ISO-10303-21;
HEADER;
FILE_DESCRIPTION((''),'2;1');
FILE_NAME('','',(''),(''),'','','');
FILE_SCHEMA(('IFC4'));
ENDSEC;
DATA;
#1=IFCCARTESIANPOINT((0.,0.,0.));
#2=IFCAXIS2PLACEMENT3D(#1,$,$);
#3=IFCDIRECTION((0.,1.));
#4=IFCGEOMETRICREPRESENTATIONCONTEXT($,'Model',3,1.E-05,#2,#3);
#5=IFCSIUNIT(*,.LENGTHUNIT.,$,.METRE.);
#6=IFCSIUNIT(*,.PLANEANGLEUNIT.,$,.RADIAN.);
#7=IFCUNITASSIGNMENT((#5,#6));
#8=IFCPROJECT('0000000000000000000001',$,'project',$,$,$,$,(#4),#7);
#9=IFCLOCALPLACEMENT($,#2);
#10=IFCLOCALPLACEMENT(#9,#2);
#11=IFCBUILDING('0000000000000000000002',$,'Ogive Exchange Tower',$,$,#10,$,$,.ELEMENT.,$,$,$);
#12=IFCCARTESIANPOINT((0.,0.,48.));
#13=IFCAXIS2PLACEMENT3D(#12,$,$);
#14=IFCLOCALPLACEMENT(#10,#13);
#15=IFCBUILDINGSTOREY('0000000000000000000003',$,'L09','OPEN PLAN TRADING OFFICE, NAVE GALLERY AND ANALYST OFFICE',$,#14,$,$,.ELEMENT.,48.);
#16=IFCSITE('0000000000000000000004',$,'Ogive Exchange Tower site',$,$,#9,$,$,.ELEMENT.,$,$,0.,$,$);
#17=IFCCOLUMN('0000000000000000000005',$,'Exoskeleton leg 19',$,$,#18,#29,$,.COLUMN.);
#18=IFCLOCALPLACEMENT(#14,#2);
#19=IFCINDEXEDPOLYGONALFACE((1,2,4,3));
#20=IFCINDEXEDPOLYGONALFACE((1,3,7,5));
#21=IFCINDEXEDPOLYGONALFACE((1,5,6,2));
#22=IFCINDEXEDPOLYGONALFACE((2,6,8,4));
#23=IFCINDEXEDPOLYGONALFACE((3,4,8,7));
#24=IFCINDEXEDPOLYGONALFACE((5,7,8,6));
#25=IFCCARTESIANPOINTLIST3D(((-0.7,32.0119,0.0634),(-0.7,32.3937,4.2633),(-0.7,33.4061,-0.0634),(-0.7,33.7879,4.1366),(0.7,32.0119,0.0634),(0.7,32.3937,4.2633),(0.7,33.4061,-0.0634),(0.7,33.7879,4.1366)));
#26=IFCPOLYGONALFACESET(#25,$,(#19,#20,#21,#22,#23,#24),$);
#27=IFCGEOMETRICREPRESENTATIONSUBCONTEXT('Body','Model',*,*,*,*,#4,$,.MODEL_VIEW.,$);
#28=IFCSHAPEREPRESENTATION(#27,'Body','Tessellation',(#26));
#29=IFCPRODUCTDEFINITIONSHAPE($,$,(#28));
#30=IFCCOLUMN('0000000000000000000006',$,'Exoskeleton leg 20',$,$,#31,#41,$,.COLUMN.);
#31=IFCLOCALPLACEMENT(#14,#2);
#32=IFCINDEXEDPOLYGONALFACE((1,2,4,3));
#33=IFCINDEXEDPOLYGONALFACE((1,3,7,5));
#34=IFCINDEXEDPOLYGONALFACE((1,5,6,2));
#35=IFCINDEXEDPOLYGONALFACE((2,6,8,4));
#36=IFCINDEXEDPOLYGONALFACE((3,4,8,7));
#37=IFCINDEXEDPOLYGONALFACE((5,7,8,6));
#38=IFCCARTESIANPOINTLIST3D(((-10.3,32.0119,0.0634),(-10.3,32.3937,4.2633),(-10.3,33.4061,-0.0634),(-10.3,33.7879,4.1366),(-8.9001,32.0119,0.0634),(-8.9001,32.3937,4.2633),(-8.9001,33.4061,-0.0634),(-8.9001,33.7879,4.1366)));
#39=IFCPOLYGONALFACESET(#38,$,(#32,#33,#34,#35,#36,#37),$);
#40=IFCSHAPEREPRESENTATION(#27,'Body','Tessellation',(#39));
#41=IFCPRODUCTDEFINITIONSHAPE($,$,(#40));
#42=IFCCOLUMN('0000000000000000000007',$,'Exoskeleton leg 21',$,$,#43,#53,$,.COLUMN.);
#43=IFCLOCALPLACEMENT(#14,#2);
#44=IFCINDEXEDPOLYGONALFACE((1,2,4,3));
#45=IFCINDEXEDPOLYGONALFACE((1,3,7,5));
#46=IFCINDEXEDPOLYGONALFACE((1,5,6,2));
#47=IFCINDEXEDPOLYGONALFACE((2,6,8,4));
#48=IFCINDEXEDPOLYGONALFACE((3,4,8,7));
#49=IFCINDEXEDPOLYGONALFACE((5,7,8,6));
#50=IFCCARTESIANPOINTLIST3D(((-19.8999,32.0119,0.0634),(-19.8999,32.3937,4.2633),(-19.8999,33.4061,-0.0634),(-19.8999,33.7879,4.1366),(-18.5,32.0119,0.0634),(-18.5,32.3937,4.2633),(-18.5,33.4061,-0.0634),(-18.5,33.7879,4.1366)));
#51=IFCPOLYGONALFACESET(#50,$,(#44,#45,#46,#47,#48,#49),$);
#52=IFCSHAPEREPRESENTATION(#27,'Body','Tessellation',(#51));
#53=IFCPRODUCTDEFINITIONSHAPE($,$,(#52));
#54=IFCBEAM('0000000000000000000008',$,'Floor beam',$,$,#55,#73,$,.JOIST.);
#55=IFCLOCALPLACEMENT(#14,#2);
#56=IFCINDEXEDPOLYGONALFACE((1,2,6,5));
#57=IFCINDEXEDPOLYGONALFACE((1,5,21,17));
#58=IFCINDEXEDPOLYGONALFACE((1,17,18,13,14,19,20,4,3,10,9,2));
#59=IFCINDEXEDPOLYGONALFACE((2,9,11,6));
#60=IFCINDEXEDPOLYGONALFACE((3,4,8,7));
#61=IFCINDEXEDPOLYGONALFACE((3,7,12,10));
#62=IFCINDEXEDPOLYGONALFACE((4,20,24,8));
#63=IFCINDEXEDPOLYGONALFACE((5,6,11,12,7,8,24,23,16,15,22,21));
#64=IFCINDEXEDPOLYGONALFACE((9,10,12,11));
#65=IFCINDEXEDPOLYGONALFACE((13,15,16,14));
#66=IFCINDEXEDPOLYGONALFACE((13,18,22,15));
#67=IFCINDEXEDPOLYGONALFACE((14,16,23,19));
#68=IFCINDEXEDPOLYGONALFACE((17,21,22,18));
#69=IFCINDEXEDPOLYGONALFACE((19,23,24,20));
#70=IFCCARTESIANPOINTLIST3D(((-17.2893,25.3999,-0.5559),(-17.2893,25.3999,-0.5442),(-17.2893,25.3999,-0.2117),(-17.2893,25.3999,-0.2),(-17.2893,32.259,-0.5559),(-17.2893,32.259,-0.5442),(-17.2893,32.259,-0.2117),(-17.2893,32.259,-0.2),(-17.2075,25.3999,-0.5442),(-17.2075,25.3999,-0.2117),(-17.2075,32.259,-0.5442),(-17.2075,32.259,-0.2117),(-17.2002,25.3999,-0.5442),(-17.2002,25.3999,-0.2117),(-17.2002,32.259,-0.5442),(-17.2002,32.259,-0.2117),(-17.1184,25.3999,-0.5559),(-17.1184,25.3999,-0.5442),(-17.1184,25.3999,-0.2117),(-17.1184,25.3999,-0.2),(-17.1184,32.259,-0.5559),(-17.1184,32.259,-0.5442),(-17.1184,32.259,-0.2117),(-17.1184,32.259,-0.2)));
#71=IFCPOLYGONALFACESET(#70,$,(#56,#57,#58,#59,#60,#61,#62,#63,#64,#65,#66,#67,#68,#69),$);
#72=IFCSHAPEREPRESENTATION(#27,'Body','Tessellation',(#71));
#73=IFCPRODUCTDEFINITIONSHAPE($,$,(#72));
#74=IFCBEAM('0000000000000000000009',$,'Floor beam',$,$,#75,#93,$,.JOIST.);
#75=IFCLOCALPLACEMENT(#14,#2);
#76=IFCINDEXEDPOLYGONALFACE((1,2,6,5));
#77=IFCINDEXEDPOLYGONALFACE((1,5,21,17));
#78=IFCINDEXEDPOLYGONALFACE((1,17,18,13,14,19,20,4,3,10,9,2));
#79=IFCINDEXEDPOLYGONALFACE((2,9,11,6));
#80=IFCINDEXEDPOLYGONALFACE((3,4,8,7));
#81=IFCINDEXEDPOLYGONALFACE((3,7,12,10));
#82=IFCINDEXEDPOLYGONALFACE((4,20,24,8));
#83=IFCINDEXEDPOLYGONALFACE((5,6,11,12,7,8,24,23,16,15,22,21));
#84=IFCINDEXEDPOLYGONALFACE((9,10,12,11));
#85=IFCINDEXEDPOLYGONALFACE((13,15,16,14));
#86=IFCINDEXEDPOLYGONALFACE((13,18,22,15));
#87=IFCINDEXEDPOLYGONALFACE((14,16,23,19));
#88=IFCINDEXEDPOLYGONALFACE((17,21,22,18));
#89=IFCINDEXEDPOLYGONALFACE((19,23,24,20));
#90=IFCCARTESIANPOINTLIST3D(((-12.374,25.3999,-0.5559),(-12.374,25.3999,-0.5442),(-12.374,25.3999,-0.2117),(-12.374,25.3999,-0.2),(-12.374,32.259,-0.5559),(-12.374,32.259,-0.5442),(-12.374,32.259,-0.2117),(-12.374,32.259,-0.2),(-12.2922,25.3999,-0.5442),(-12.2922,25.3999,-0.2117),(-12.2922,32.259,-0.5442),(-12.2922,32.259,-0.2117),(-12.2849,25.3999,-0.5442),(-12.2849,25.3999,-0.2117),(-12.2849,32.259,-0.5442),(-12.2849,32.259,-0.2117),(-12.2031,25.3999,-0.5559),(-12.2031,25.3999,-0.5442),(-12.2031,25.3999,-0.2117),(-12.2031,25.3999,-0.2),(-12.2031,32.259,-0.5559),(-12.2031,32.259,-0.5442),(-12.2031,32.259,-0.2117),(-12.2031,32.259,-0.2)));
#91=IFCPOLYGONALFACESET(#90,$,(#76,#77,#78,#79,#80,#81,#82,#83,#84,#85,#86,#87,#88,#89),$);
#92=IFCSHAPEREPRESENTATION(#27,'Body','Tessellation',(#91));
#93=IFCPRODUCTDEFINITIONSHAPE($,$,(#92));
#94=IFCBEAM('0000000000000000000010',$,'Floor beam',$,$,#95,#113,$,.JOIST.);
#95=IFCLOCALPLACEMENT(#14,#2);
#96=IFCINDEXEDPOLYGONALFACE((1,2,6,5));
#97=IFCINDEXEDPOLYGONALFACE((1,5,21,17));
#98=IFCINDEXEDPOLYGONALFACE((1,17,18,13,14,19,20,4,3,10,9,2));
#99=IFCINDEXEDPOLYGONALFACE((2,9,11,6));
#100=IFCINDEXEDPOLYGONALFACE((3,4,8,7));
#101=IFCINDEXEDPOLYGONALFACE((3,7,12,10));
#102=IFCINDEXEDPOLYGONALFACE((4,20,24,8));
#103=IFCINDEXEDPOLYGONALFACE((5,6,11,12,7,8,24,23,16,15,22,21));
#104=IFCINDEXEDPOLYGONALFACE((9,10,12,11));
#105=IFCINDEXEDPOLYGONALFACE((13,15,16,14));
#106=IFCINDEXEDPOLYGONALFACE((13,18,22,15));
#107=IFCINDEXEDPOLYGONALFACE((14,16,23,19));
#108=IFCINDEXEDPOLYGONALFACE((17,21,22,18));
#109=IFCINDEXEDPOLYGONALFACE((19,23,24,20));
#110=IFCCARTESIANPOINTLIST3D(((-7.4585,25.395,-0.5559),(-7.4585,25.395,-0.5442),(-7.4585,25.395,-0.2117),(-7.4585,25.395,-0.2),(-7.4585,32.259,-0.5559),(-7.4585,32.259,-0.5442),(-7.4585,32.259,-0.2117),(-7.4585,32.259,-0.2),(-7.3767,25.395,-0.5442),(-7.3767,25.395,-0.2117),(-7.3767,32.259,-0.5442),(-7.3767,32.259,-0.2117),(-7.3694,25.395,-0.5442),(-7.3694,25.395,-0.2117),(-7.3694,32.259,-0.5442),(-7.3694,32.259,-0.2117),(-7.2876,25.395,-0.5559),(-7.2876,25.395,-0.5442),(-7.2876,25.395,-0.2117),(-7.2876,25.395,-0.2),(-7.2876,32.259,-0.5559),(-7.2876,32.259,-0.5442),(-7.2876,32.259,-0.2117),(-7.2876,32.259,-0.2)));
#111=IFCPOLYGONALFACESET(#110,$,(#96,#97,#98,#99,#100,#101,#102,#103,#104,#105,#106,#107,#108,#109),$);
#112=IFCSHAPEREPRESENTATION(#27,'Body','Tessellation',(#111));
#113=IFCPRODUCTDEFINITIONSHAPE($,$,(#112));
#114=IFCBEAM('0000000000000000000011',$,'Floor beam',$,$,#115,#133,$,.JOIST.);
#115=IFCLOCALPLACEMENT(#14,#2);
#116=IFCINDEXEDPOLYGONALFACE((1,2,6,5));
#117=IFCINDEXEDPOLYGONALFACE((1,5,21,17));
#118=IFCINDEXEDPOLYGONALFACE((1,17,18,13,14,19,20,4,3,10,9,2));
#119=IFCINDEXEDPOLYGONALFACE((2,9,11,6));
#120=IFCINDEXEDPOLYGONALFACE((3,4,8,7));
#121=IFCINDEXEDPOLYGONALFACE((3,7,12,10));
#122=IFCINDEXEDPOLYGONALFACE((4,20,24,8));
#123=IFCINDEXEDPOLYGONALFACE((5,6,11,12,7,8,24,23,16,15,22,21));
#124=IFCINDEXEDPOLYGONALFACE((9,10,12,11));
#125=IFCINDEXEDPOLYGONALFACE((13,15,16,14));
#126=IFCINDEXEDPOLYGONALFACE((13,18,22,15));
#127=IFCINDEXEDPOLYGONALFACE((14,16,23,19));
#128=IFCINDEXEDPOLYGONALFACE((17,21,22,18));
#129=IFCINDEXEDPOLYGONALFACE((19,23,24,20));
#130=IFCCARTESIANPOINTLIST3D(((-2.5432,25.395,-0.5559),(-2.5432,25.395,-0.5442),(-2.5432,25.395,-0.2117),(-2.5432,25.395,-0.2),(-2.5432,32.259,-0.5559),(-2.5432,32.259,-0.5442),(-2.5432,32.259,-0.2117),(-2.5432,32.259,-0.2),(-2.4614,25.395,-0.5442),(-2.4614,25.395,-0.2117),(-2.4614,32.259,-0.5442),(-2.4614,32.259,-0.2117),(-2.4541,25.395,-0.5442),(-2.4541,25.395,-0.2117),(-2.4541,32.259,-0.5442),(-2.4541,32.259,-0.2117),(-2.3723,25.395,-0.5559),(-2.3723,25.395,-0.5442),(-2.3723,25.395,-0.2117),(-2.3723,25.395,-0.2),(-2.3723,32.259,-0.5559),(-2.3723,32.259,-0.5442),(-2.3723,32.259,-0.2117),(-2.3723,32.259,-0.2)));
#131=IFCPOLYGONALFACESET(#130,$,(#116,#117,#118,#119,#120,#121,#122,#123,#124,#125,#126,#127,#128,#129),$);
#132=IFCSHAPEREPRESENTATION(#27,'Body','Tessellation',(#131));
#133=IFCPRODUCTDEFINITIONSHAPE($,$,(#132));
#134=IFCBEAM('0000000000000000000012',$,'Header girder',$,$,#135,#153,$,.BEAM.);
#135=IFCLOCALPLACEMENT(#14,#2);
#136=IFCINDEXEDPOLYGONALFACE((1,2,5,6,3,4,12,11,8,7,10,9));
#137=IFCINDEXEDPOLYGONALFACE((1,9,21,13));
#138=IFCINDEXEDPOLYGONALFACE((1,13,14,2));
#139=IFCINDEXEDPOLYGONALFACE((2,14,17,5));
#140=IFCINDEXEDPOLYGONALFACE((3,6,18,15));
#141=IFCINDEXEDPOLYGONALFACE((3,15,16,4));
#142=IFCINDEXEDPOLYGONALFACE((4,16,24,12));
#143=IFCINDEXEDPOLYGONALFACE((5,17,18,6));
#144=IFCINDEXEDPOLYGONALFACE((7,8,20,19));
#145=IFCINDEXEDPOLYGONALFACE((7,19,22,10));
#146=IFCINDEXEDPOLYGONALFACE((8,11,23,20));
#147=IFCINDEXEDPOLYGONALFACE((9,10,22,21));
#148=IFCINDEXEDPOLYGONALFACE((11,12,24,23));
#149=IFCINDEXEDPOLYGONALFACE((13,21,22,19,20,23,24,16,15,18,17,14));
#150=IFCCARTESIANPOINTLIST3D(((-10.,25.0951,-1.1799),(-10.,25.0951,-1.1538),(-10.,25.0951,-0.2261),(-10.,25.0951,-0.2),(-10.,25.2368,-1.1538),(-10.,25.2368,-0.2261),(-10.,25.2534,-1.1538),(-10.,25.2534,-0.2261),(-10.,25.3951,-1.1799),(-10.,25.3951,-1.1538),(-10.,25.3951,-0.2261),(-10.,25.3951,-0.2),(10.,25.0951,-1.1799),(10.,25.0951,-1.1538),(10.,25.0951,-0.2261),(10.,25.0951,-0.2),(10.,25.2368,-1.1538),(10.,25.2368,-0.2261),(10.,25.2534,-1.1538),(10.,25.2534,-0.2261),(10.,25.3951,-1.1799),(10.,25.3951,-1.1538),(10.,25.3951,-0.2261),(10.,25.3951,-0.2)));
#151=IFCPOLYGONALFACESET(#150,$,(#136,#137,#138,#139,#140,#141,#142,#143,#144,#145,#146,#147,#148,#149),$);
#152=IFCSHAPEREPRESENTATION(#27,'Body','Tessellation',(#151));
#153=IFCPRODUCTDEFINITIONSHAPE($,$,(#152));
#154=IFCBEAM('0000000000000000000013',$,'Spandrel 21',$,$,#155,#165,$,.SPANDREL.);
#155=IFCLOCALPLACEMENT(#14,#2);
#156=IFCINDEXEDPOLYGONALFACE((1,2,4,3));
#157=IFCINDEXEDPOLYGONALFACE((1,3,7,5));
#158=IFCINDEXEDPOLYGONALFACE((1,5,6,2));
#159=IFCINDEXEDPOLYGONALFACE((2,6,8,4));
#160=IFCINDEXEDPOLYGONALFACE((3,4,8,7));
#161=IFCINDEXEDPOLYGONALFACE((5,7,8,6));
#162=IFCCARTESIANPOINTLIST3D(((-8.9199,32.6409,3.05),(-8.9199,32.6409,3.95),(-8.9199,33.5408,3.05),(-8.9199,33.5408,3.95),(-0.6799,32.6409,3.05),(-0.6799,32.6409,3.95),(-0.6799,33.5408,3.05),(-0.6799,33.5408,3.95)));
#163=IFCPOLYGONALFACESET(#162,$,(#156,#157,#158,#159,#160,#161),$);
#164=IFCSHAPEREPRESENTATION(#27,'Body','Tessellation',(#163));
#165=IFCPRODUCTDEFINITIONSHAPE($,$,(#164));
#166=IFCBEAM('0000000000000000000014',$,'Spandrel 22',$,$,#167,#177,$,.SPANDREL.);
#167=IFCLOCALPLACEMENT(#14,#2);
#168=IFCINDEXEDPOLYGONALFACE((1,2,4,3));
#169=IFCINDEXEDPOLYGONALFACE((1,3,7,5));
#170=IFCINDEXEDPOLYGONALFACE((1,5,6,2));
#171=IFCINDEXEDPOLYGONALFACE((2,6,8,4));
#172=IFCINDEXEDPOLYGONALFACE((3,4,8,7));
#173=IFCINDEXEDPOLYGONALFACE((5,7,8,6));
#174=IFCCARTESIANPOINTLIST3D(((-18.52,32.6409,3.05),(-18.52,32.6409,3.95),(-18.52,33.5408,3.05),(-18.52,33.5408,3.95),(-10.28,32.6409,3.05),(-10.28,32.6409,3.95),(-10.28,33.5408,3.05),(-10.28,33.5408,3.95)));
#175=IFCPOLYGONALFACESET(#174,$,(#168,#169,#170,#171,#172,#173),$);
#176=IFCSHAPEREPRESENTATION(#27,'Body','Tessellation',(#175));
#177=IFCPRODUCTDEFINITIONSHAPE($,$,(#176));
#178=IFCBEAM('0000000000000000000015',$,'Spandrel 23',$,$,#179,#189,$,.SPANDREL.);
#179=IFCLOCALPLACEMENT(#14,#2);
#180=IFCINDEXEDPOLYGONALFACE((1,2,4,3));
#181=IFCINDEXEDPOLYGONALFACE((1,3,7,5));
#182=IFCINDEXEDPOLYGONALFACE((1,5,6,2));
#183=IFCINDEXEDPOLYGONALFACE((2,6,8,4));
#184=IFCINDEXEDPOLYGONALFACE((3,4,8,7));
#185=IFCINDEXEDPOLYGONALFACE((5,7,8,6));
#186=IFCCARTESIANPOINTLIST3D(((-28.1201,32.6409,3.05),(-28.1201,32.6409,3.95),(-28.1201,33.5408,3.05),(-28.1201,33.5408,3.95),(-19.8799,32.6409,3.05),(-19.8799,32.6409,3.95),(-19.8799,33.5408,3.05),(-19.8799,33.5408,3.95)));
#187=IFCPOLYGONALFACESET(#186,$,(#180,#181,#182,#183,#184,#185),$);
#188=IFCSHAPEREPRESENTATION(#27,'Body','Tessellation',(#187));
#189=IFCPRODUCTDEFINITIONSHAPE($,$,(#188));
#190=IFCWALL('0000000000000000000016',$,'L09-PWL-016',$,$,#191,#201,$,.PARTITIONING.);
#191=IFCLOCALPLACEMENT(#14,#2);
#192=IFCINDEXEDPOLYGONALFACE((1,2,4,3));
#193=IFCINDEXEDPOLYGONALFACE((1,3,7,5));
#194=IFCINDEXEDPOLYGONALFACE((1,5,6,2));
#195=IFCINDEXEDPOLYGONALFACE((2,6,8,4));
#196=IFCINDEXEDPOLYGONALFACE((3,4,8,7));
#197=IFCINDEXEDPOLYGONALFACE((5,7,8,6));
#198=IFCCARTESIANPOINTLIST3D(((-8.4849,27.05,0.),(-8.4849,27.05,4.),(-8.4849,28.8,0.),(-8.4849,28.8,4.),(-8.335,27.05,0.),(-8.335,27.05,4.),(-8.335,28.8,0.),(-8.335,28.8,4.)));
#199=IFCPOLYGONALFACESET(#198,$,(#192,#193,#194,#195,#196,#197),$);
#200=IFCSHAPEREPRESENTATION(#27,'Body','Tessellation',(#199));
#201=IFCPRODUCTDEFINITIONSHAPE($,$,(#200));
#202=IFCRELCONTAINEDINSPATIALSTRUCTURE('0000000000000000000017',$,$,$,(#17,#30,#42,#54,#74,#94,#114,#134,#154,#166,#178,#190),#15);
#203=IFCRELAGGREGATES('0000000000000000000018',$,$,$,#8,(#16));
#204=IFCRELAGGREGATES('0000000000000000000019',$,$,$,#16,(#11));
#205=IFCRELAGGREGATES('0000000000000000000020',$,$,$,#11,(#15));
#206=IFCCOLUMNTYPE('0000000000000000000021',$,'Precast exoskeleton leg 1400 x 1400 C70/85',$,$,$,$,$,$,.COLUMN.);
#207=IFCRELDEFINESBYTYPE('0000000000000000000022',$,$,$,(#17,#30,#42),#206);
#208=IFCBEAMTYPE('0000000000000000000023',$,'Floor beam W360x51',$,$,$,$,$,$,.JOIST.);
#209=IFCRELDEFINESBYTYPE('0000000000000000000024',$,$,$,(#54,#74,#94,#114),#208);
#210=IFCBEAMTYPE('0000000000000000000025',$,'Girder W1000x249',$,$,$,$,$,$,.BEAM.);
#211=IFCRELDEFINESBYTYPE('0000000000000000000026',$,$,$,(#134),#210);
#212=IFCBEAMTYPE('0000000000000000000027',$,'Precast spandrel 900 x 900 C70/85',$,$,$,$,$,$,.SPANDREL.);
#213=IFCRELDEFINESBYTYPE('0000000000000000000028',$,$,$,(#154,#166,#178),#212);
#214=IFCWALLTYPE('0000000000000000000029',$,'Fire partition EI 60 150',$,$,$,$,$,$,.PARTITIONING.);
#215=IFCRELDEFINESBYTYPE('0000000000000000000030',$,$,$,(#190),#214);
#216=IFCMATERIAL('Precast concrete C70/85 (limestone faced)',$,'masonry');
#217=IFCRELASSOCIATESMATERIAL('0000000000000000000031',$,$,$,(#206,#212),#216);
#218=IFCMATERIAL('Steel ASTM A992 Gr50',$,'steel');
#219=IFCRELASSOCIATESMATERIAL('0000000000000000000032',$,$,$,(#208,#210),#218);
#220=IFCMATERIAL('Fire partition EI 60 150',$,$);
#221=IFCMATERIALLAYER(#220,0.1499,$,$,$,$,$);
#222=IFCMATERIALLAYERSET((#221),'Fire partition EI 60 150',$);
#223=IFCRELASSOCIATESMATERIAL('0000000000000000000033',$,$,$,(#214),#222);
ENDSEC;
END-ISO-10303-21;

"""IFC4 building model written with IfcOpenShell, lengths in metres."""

from ifc_helpers import new_model, si_unit, direction, frame, frame_2d, origin, origin_2d, place, context, subcontext, project, spatial, rectangle, i_section, extrude, material, layer, layer_set, material_profile, profile_set, type_object, element, save


model = new_model("IFC4")

# Units and contexts
model_context = context("Model", 3, precision=1e-05, world=origin(), true_north=direction((0.0, 1.0)))
body_context = subcontext(model_context, "Body", "Model", "MODEL_VIEW")
ifc_project = project(units=[si_unit("LENGTHUNIT", "METRE"), si_unit("PLANEANGLEUNIT", "RADIAN")], contexts=[model_context])

# Site, building, storey
site_placement = place(None, origin())
site = spatial("IfcSite", under=ifc_project, at=site_placement, Name="Ogive Exchange Tower site", CompositionType="ELEMENT", RefElevation=0.0)
building_placement = place(site_placement, origin())
building = spatial("IfcBuilding", under=site, at=building_placement, Name="Ogive Exchange Tower", CompositionType="ELEMENT")
storey_placement = place(building_placement, frame((0.0, 0.0, 48.0)))
storey = spatial("IfcBuildingStorey", under=building, at=storey_placement, Name="L09", Description="OPEN PLAN TRADING OFFICE, NAVE GALLERY AND ANALYST OFFICE", CompositionType="ELEMENT", Elevation=48.0)

# Columns
ifc_material_1 = material(Name="Precast concrete C70/85 (limestone faced)", Category="masonry")
ifc_material_profile_1 = material_profile(ifc_material_1, rectangle(XDim=1.3999, YDim=1.3999, at=origin_2d()), Name="1400 x 1400")
ifc_profile_set_1 = profile_set([ifc_material_profile_1], Name="Precast concrete C70/85 (limestone faced)")
column_type = type_object("IfcColumnType", Name="Precast exoskeleton leg 1400 x 1400 C70/85", PredefinedType="COLUMN", material=ifc_profile_set_1)
for number, where, z_axis, x_axis, name in (
    (1, (0.0, 32.709, 0.0), (0.0, 0.090541, 0.995893), (-1.0, 0.0, 0.0), "Exoskeleton leg 19"),
    (2, (-9.6001, 32.709, 0.0), (0.0, 0.090541, 0.995893), (-1.0, 0.0, 0.0), "Exoskeleton leg 20"),
    (3, (-19.2, 32.709, 0.0), (0.0, 0.090541, 0.995893), (-1.0, 0.0, 0.0), "Exoskeleton leg 21"),
):
    element("IfcColumn", number, at=place(storey_placement, frame(where, z_axis=z_axis, x_axis=x_axis)), inside=storey, type_object=column_type, Name=name, PredefinedType="COLUMN", context=body_context, shape_type="SweptSolid", body=[
        extrude(rectangle(XDim=1.3999, YDim=1.3999, at=origin_2d()), origin(), (0.0, 0.0, 1.0), 4.2173),
    ])

# Beams
ifc_material_2 = material(Name="Steel ASTM A992 Gr50", Category="steel")
ifc_material_profile_2 = material_profile(ifc_material_2, i_section(OverallWidth=0.1709, OverallDepth=0.356, WebThickness=0.0073, FlangeThickness=0.0117, at=origin_2d()), Name="W360x51")
ifc_profile_set_2 = profile_set([ifc_material_profile_2], Name="Steel ASTM A992 Gr50")
beam_type_1 = type_object("IfcBeamType", Name="Floor beam W360x51", PredefinedType="JOIST", material=ifc_profile_set_2)
for number, where, z_axis, x_axis, name in (
    (4, (-17.2039, 25.3999, -0.3779), (0.0, 1.0, 0.0), (-1.0, 0.0, 0.0), "Floor beam"),
    (5, (-12.2886, 25.3999, -0.3779), (0.0, 1.0, 0.0), (-1.0, 0.0, 0.0), "Floor beam"),
):
    element("IfcBeam", number, at=place(storey_placement, frame(where, z_axis=z_axis, x_axis=x_axis)), inside=storey, type_object=beam_type_1, Name=name, PredefinedType="JOIST", context=body_context, shape_type="SweptSolid", body=[
        extrude(i_section(OverallWidth=0.1709, OverallDepth=0.356, WebThickness=0.0073, FlangeThickness=0.0117, at=origin_2d()), origin(), (0.0, 0.0, 1.0), 6.8591),
    ])
for number, where, z_axis, x_axis, name in (
    (6, (-7.373, 25.395, -0.3779), (0.0, 1.0, 0.0), (-1.0, 0.0, 0.0), "Floor beam"),
    (7, (-2.4578, 25.395, -0.3779), (0.0, 1.0, 0.0), (-1.0, 0.0, 0.0), "Floor beam"),
):
    element("IfcBeam", number, at=place(storey_placement, frame(where, z_axis=z_axis, x_axis=x_axis)), inside=storey, type_object=beam_type_1, Name=name, PredefinedType="JOIST", context=body_context, shape_type="SweptSolid", body=[
        extrude(i_section(OverallWidth=0.1709, OverallDepth=0.356, WebThickness=0.0073, FlangeThickness=0.0117, at=origin_2d()), origin(), (0.0, 0.0, 1.0), 6.864),
    ])
ifc_material_profile_3 = material_profile(ifc_material_2, i_section(OverallWidth=0.3, OverallDepth=0.98, WebThickness=0.0166, FlangeThickness=0.0261, at=origin_2d()), Name="W1000x249")
ifc_profile_set_3 = profile_set([ifc_material_profile_3], Name="Steel ASTM A992 Gr50")
beam_type_2 = type_object("IfcBeamType", Name="Girder W1000x249", PredefinedType="BEAM", material=ifc_profile_set_3)
beam_1_placement = place(storey_placement, frame((-10.0, 25.2451, -0.6899), z_axis=(1.0, 0.0, 0.0), x_axis=(0.0, 1.0, 0.0)))
element("IfcBeam", 8, at=beam_1_placement, inside=storey, type_object=beam_type_2, Name="Header girder", PredefinedType="BEAM", context=body_context, shape_type="SweptSolid", body=[
    extrude(i_section(OverallWidth=0.3, OverallDepth=0.98, WebThickness=0.0166, FlangeThickness=0.0261, at=origin_2d()), origin(), (0.0, 0.0, 1.0), 20.0),
])
ifc_material_profile_4 = material_profile(ifc_material_1, rectangle(XDim=0.8999, YDim=0.8999, at=origin_2d()), Name="900 x 900")
ifc_profile_set_4 = profile_set([ifc_material_profile_4], Name="Precast concrete C70/85 (limestone faced)")
beam_type_3 = type_object("IfcBeamType", Name="Precast spandrel 900 x 900 C70/85", PredefinedType="SPANDREL", material=ifc_profile_set_4)
for number, where, z_axis, x_axis, name in (
    (9, (-0.6799, 33.0908, 3.5), (-1.0, 0.0, 0.0), (0.0, -1.0, 0.0), "Spandrel 21"),
    (10, (-10.28, 33.0908, 3.5), (-1.0, 0.0, 0.0), (0.0, -1.0, 0.0), "Spandrel 22"),
):
    element("IfcBeam", number, at=place(storey_placement, frame(where, z_axis=z_axis, x_axis=x_axis)), inside=storey, type_object=beam_type_3, Name=name, PredefinedType="SPANDREL", context=body_context, shape_type="SweptSolid", body=[
        extrude(rectangle(XDim=0.8999, YDim=0.8999, at=origin_2d()), origin(), (0.0, 0.0, 1.0), 8.24),
    ])
beam_2_placement = place(storey_placement, frame((-19.8799, 33.0908, 3.5), z_axis=(-1.0, 0.0, 0.0), x_axis=(0.0, -1.0, 0.0)))
element("IfcBeam", 11, at=beam_2_placement, inside=storey, type_object=beam_type_3, Name="Spandrel 23", PredefinedType="SPANDREL", context=body_context, shape_type="SweptSolid", body=[
    extrude(rectangle(XDim=0.8999, YDim=0.8999, at=origin_2d()), origin(), (0.0, 0.0, 1.0), 8.2402),
])

# Wall
ifc_material_3 = material(Name="Fire partition EI 60 150")
ifc_layer = layer(ifc_material_3, 0.1499)
ifc_layer_set = layer_set([ifc_layer], Name="Fire partition EI 60 150")
wall_type = type_object("IfcWallType", Name="Fire partition EI 60 150", PredefinedType="PARTITIONING", material=ifc_layer_set)
wall_1_placement = place(storey_placement, frame((-8.4099, 28.8, 0.0), z_axis=(0.0, 0.0, 1.0), x_axis=(0.0, -1.0, 0.0)))
element("IfcWall", 12, at=wall_1_placement, inside=storey, type_object=wall_type, Name="L09-PWL-016", PredefinedType="PARTITIONING", context=body_context, shape_type="SweptSolid", body=[
    extrude(rectangle(XDim=1.75, YDim=0.1499, at=frame_2d((0.875, 0.0))), origin(), (0.0, 0.0, 1.0), 4.0),
])

save(model, "model.ifc")
